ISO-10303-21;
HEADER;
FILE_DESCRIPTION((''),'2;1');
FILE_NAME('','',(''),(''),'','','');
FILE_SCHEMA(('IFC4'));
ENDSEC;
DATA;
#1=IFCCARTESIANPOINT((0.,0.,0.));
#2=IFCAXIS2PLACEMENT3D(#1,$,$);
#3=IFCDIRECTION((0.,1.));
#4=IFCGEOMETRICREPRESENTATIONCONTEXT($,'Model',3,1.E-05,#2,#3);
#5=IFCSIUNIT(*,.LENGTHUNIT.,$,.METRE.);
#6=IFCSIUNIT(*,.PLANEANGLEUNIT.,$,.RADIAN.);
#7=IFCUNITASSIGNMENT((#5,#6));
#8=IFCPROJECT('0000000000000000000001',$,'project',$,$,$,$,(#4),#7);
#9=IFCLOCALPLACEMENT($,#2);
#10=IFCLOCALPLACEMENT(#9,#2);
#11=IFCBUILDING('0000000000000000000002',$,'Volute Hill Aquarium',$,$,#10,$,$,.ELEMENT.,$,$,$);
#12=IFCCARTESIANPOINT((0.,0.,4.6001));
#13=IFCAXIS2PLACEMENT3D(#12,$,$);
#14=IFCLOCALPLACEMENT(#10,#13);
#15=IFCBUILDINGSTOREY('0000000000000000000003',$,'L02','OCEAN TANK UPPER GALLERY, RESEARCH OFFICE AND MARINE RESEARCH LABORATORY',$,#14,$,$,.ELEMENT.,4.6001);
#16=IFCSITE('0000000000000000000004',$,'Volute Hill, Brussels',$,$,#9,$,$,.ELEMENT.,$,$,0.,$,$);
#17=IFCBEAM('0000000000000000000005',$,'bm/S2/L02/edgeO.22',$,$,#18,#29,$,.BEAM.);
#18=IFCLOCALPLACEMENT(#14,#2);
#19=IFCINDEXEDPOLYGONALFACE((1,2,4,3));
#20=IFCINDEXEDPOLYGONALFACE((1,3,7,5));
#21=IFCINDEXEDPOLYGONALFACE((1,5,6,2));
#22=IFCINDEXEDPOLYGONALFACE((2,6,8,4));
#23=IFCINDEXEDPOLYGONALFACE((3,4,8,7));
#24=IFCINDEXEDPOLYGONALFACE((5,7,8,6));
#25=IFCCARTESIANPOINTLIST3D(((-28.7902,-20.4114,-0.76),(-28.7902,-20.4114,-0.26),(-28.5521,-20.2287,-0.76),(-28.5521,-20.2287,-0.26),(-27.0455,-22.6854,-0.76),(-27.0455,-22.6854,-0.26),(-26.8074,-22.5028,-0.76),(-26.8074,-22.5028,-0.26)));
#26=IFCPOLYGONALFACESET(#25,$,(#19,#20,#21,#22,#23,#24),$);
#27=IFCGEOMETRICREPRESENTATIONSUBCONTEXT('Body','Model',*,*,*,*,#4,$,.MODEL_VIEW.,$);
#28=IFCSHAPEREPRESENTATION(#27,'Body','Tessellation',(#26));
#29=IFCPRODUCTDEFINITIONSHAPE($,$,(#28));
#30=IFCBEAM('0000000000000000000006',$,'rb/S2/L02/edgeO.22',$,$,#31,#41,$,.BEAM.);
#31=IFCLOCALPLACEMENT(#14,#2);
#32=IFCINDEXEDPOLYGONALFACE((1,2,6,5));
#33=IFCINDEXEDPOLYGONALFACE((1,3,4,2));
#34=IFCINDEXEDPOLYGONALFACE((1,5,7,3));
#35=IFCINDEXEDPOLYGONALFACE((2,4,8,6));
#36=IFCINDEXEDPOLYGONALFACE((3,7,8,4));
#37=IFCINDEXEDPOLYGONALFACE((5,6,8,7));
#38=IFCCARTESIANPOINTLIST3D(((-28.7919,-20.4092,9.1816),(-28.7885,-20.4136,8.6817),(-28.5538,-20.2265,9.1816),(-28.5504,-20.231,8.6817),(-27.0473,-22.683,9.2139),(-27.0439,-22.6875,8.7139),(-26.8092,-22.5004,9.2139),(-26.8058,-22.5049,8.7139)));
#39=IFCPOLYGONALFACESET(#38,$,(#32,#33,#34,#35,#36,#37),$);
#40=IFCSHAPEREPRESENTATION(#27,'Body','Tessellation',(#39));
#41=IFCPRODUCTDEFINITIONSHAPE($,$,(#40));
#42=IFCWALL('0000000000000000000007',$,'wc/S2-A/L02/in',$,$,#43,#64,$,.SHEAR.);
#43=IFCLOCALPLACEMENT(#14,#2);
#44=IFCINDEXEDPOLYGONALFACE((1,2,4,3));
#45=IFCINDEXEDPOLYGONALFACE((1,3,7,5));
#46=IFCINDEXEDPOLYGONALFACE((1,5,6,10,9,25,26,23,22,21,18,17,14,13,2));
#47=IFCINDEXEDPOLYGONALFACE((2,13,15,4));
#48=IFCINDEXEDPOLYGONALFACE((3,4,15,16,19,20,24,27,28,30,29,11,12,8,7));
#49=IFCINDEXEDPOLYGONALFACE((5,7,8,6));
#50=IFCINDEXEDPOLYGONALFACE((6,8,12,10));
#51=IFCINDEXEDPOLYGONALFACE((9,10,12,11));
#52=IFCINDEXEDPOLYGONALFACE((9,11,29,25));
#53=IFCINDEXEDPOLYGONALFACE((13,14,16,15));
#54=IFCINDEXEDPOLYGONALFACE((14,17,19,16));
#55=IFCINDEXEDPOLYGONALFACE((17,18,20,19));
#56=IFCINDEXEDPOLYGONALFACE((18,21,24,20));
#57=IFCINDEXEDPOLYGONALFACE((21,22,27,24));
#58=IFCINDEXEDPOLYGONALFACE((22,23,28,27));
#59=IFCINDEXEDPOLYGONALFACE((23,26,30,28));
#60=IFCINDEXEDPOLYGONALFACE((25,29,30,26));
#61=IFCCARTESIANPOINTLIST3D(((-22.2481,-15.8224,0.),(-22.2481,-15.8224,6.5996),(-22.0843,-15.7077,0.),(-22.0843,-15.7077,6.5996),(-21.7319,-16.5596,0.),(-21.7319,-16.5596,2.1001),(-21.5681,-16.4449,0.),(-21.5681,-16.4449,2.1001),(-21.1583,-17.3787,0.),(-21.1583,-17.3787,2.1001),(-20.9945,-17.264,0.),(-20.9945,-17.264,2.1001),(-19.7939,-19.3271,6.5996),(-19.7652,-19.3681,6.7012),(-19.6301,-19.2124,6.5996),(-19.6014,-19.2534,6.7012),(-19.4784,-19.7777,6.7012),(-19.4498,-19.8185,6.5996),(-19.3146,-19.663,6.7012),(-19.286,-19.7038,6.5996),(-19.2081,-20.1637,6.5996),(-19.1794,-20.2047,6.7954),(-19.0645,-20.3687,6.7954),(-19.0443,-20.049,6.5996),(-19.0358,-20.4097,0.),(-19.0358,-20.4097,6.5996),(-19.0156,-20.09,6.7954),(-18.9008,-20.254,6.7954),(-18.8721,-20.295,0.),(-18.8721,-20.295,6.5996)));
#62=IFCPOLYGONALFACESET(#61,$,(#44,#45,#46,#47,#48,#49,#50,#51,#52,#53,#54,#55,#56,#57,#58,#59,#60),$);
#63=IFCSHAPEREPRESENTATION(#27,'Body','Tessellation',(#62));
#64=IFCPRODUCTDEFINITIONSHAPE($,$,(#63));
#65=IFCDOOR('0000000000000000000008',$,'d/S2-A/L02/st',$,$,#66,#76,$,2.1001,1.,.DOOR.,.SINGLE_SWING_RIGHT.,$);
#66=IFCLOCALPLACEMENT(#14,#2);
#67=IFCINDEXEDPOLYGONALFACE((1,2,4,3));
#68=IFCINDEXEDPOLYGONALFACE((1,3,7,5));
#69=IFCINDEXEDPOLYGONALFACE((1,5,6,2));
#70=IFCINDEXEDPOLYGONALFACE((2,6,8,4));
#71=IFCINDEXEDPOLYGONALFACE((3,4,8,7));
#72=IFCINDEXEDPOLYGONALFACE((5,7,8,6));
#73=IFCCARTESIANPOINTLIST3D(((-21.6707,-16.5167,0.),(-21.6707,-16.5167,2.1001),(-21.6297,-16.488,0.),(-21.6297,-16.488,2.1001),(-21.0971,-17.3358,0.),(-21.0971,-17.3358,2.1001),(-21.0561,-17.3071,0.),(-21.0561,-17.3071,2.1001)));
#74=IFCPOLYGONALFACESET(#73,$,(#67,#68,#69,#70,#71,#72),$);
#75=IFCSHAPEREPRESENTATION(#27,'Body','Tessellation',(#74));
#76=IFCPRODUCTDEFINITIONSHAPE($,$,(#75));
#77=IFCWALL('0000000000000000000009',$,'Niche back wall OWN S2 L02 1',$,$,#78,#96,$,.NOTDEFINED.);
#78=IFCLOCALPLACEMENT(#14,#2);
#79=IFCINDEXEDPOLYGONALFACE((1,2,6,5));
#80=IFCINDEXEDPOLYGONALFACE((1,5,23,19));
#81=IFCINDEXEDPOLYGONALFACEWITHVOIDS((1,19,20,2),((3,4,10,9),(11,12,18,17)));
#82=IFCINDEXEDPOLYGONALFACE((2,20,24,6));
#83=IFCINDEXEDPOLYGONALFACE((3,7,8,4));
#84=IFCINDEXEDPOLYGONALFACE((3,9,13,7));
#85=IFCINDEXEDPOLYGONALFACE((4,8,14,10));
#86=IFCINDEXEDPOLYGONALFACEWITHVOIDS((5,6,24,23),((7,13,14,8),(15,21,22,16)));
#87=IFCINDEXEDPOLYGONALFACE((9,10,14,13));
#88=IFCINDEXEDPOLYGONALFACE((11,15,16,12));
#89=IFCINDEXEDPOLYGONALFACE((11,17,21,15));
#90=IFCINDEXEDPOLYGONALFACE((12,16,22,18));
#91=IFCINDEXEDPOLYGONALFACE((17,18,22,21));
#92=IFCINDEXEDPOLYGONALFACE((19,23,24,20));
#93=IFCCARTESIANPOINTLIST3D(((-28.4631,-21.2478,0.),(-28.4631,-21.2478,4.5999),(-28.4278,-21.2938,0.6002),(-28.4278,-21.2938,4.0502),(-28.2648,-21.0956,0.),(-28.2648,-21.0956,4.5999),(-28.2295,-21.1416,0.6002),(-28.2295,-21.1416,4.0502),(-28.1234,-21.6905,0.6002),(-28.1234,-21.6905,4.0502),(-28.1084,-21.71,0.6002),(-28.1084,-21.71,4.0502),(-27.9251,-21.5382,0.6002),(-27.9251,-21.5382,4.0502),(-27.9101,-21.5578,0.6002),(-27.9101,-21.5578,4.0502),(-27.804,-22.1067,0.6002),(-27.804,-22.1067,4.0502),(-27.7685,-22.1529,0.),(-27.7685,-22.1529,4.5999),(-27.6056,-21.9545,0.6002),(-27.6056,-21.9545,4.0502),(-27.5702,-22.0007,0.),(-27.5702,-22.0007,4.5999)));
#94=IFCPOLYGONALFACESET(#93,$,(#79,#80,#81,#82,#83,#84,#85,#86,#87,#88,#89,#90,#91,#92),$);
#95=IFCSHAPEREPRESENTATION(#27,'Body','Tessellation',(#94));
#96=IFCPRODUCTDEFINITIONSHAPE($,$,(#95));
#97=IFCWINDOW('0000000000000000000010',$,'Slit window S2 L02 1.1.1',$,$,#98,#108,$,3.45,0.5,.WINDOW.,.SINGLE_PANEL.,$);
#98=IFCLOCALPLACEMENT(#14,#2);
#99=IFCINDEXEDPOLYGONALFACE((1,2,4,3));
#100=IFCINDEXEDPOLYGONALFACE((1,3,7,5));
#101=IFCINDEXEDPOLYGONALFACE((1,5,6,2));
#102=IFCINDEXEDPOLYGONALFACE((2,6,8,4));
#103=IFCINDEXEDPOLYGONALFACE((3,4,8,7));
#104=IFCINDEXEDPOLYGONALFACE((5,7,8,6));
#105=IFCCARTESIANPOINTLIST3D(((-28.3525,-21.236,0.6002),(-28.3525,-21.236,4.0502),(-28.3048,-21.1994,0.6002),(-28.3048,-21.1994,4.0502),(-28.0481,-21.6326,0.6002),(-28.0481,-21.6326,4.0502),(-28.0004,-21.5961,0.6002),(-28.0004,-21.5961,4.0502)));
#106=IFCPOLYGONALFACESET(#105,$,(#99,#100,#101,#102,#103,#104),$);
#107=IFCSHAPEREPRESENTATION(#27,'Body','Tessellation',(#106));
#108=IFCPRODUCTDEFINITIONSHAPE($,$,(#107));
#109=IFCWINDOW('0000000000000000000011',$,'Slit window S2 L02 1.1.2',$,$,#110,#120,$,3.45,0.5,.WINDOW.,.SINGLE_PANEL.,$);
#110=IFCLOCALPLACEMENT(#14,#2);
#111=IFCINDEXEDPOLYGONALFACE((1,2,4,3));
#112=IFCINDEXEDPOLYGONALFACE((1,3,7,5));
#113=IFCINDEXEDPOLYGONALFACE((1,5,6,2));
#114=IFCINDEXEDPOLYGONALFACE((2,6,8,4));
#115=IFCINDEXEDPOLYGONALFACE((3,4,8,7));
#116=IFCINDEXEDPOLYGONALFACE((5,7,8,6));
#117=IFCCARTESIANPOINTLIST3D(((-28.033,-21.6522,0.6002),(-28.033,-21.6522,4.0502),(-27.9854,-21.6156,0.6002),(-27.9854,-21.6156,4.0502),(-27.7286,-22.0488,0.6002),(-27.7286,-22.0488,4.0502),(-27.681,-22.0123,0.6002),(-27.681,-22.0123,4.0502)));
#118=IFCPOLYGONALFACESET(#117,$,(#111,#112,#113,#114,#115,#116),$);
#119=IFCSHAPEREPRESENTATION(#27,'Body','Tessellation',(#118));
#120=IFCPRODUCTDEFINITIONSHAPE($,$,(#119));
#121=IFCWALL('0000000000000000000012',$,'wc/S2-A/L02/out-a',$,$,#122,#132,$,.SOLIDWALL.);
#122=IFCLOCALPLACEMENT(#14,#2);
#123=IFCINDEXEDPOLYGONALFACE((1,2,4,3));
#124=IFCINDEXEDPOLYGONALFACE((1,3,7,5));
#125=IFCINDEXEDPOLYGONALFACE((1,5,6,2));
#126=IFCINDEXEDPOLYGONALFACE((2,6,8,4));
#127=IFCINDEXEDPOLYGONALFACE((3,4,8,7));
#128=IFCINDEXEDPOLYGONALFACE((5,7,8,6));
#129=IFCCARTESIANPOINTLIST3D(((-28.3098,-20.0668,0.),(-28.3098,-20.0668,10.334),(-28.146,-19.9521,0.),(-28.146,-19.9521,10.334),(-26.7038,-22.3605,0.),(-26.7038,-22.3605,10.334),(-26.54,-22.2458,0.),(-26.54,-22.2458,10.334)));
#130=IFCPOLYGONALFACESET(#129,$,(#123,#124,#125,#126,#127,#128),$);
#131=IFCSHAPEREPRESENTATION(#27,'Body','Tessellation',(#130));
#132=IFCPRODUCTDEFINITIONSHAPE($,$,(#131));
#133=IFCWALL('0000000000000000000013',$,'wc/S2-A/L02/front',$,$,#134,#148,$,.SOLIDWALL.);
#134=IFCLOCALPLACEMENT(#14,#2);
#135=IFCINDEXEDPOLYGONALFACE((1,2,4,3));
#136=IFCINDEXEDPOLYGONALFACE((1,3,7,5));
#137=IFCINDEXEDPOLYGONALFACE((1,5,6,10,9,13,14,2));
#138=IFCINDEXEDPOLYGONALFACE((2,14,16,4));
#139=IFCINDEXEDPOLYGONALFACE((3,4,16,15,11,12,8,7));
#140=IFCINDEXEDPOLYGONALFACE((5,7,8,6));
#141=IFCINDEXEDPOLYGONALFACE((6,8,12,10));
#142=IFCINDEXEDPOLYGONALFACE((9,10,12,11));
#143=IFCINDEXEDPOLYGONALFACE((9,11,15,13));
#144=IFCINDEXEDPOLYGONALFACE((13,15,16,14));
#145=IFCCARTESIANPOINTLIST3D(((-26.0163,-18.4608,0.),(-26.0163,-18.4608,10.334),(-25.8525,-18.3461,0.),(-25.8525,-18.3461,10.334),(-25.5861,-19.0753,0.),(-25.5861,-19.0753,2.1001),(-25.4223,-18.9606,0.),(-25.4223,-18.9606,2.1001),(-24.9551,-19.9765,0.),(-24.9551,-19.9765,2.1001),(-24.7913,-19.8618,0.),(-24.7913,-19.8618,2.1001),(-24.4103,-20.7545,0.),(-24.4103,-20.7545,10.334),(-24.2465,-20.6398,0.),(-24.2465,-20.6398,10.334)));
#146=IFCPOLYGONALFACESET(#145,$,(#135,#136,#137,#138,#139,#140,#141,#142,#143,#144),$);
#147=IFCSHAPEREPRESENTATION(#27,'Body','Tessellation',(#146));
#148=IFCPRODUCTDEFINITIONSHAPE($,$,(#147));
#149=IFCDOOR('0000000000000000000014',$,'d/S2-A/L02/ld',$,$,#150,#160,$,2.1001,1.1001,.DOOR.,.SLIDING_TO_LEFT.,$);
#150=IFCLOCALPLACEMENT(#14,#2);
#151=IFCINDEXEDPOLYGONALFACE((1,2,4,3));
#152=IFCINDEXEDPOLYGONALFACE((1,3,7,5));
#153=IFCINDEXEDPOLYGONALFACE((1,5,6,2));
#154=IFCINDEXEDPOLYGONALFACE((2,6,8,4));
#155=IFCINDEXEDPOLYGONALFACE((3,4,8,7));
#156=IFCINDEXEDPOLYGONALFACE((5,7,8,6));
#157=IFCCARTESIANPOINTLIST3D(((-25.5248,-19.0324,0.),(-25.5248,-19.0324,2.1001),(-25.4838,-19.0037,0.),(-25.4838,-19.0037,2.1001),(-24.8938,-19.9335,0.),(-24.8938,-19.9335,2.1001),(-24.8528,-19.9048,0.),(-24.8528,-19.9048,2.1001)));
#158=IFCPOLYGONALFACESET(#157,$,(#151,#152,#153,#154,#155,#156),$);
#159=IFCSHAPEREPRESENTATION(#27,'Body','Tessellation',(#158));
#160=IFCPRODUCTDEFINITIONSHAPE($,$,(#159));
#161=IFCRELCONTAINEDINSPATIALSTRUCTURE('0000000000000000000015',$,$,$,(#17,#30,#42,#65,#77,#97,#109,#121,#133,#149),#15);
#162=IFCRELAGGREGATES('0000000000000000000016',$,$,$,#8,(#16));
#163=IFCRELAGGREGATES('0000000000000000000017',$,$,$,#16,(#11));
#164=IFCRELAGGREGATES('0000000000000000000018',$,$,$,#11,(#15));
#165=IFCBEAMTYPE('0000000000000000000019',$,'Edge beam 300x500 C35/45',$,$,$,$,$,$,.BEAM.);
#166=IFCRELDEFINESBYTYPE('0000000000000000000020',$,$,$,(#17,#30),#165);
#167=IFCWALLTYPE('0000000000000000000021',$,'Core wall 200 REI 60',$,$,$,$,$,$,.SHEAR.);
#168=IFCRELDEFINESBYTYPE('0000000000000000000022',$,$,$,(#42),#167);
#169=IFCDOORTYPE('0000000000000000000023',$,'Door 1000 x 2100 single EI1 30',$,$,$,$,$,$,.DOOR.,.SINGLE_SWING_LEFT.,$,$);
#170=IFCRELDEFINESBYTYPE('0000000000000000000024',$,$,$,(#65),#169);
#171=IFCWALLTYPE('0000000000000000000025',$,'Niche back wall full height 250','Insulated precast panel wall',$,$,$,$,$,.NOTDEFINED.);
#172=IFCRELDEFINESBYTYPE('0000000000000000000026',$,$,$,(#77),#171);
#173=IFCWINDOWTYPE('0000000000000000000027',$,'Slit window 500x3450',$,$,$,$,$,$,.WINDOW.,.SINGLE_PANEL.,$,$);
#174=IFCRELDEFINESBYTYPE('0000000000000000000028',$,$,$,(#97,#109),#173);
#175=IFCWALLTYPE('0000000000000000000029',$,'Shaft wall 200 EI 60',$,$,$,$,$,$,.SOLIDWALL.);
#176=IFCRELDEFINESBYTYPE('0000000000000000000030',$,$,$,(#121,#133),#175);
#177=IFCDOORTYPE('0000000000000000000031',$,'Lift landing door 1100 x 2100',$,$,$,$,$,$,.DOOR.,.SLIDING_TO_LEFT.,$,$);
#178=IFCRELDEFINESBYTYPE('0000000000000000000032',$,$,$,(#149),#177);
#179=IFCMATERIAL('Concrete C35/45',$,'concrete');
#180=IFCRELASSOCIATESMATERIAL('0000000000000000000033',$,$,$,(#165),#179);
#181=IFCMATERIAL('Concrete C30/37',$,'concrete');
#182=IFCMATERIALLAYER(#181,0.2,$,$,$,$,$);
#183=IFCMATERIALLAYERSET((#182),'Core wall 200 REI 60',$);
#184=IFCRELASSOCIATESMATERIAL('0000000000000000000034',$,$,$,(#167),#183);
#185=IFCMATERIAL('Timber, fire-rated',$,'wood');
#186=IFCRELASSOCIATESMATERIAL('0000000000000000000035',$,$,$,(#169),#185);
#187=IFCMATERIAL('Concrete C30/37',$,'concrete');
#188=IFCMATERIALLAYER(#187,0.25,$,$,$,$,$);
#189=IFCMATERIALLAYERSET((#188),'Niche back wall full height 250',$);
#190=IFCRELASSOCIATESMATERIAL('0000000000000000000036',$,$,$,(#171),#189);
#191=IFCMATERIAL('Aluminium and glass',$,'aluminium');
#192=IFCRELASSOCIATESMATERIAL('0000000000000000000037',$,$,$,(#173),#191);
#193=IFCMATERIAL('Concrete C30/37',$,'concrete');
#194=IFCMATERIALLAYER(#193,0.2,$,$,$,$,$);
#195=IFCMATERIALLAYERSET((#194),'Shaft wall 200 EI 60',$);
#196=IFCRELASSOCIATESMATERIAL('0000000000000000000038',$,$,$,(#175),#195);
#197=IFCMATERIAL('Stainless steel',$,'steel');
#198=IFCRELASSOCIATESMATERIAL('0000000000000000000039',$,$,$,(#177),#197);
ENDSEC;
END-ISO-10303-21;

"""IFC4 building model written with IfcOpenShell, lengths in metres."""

from ifc_helpers import new_model, si_unit, direction, frame, frame_2d, origin, origin_2d, place, context, subcontext, project, spatial, polyline, rectangle, outline, extrude, material, layer, layer_set, material_profile, profile_set, type_object, element, fill, save


model = new_model("IFC4")

# Units and contexts
model_context = context("Model", 3, precision=1e-05, world=origin(), true_north=direction((0.0, 1.0)))
body_context = subcontext(model_context, "Body", "Model", "MODEL_VIEW")
ifc_project = project(units=[si_unit("LENGTHUNIT", "METRE"), si_unit("PLANEANGLEUNIT", "RADIAN")], contexts=[model_context])

# Site, building, storey
site_placement = place(None, origin())
site = spatial("IfcSite", under=ifc_project, at=site_placement, Name="Volute Hill, Brussels", CompositionType="ELEMENT", RefElevation=0.0)
building_placement = place(site_placement, origin())
building = spatial("IfcBuilding", under=site, at=building_placement, Name="Volute Hill Aquarium", CompositionType="ELEMENT")
storey_placement = place(building_placement, frame((0.0, 0.0, 4.6001)))
storey = spatial("IfcBuildingStorey", under=building, at=storey_placement, Name="L02", Description="OCEAN TANK UPPER GALLERY, RESEARCH OFFICE AND MARINE RESEARCH LABORATORY", CompositionType="ELEMENT", Elevation=4.6001)

# Beams
ifc_material_1 = material(Name="Concrete C35/45", Category="concrete")
ifc_material_profile = material_profile(ifc_material_1, rectangle(XDim=0.3, YDim=0.5, at=origin_2d()), Name="RC edge beam 300x500")
ifc_profile_set = profile_set([ifc_material_profile], Name="Concrete C35/45")
beam_type = type_object("IfcBeamType", Name="Edge beam 300x500 C35/45", PredefinedType="BEAM", material=ifc_profile_set)
for number, where, z_axis, x_axis, name in (
    (1, (-28.6711, -20.3201, -0.51), (0.608714, -0.79339, 0.0), (0.79339, 0.608714, 0.0), "bm/S2/L02/edgeO.22"),
    (2, (-28.6711, -20.3201, 8.9316), (0.608676, -0.79334, 0.011243), (0.79339, 0.608714, 0.0), "rb/S2/L02/edgeO.22"),
):
    element("IfcBeam", number, at=place(storey_placement, frame(where, z_axis=z_axis, x_axis=x_axis)), inside=storey, type_object=beam_type, Name=name, PredefinedType="BEAM", context=body_context, shape_type="SweptSolid", body=[
        extrude(rectangle(XDim=0.3, YDim=0.5, at=origin_2d()), origin(), (0.0, 0.0, 1.0), 2.8662),
    ])

# Wall, opening, door
ifc_material_2 = material(Name="Concrete C30/37", Category="concrete")
ifc_layer_1 = layer(ifc_material_2, 0.2)
ifc_layer_set_1 = layer_set([ifc_layer_1], Name="Core wall 200 REI 60")
wall_type_1 = type_object("IfcWallType", Name="Core wall 200 REI 60", PredefinedType="SHEAR", material=ifc_layer_set_1)
wall_1_placement = place(storey_placement, frame((-22.1663, -15.7651, 0.0), z_axis=(0.0, 0.0, 1.0), x_axis=(0.5736, -0.819136, 0.0)))
wall_1 = element("IfcWall", 3, at=wall_1_placement, inside=storey, type_object=wall_type_1, Name="wc/S2-A/L02/in", PredefinedType="SHEAR", context=body_context, shape_type="SweptSolid", body=[
    extrude(outline(polyline([(0.0, 0.0), (5.6001, 0.0), (5.6001, 6.5996), (5.55, 6.7954), (5.3499, 6.7954), (5.2998, 6.5996), (4.8784, 6.5996), (4.8286, 6.7012), (4.3286, 6.7012), (4.2786, 6.5996), (0.0, 6.5996), (0.0, 0.0)])), frame((0.0, 0.1001, 0.0), z_axis=(0.0, -1.0, 0.0), x_axis=(1.0, 0.0, 0.0)), (0.0, 0.0, 1.0), 0.2),
])
opening_1_placement = place(wall_1_placement, frame((0.8999, 0.0, 0.0)))
opening_1 = element("IfcOpeningElement", 4, at=opening_1_placement, cuts=wall_1, PredefinedType="OPENING", context=body_context, shape_type="SweptSolid", body=[
    extrude(rectangle(XDim=1.0, YDim=2.1001, at=frame_2d((0.5, 1.05))), frame((0.0, 0.1099, 0.0), z_axis=(0.0, -1.0, 0.0), x_axis=(1.0, 0.0, 0.0)), (0.0, 0.0, 1.0), 0.22),
])
ifc_material_3 = material(Name="Timber, fire-rated", Category="wood")
door_type_1 = type_object("IfcDoorType", Name="Door 1000 x 2100 single EI1 30", OperationType="SINGLE_SWING_LEFT", PredefinedType="DOOR", material=ifc_material_3)
door_1_placement = place(opening_1_placement, origin())
door_1 = element("IfcDoor", 5, at=door_1_placement, inside=storey, type_object=door_type_1, Name="d/S2-A/L02/st", OperationType="SINGLE_SWING_RIGHT", OverallHeight=2.1001, OverallWidth=1.0, PredefinedType="DOOR", context=body_context, shape_type="SweptSolid", body=[
    extrude(rectangle(XDim=1.0, YDim=2.1001, at=frame_2d((0.5, 1.05))), frame((0.0, 0.0249, 0.0), z_axis=(0.0, -1.0, 0.0), x_axis=(1.0, 0.0, 0.0)), (0.0, 0.0, 1.0), 0.05),
])
fill(opening_1, door_1)

# Wall, openings, windows
ifc_material_4 = material(Name="Concrete C30/37", Category="concrete")
ifc_layer_2 = layer(ifc_material_4, 0.25)
ifc_layer_set_2 = layer_set([ifc_layer_2], Name="Niche back wall full height 250")
wall_type_2 = type_object("IfcWallType", Name="Niche back wall full height 250", Description="Insulated precast panel wall", PredefinedType="NOTDEFINED", material=ifc_layer_set_2)
wall_2_placement = place(storey_placement, frame((-27.6694, -22.0767, 0.0), z_axis=(0.0, 0.0, 1.0), x_axis=(-0.608831, 0.7933, 0.0)))
wall_2 = element("IfcWall", 6, at=wall_2_placement, inside=storey, type_object=wall_type_2, Name="Niche back wall OWN S2 L02 1", PredefinedType="NOTDEFINED", context=body_context, shape_type="SweptSolid", body=[
    extrude(rectangle(XDim=1.1409, YDim=0.25, at=frame_2d((0.5703, 0.0))), origin(), (0.0, 0.0, 1.0), 4.5999),
])
opening_2_placement = place(wall_2_placement, frame((0.5828, 0.0, 0.6001)))
opening_2 = element("IfcOpeningElement", 7, at=opening_2_placement, cuts=wall_2, PredefinedType="OPENING", context=body_context, shape_type="SweptSolid", body=[
    extrude(rectangle(XDim=0.5, YDim=3.45, at=frame_2d((0.25, 1.7251))), frame((0.0, 0.135, 0.0), z_axis=(0.0, -1.0, 0.0), x_axis=(1.0, 0.0, 0.0)), (0.0, 0.0, 1.0), 0.27),
])
opening_3_placement = place(wall_2_placement, frame((0.0581, 0.0, 0.6001)))
opening_3 = element("IfcOpeningElement", 8, at=opening_3_placement, cuts=wall_2, PredefinedType="OPENING", context=body_context, shape_type="SweptSolid", body=[
    extrude(rectangle(XDim=0.5, YDim=3.45, at=frame_2d((0.25, 1.7251))), frame((0.0, 0.135, 0.0), z_axis=(0.0, -1.0, 0.0), x_axis=(1.0, 0.0, 0.0)), (0.0, 0.0, 1.0), 0.27),
])
ifc_material_5 = material(Name="Aluminium and glass", Category="aluminium")
window_type = type_object("IfcWindowType", Name="Slit window 500x3450", PartitioningType="SINGLE_PANEL", PredefinedType="WINDOW", material=ifc_material_5)
window_1_placement = place(opening_2_placement, origin())
window_1 = element("IfcWindow", 9, at=window_1_placement, inside=storey, type_object=window_type, Name="Slit window S2 L02 1.1.1", OverallHeight=3.45, OverallWidth=0.5, PartitioningType="SINGLE_PANEL", PredefinedType="WINDOW", context=body_context, shape_type="SweptSolid", body=[
    extrude(rectangle(XDim=0.5, YDim=3.45, at=frame_2d((0.25, 1.7251))), frame((0.0, 0.03, 0.0), z_axis=(0.0, -1.0, 0.0), x_axis=(1.0, 0.0, 0.0)), (0.0, 0.0, 1.0), 0.0601),
])
fill(opening_2, window_1)
window_2_placement = place(opening_3_placement, origin())
window_2 = element("IfcWindow", 10, at=window_2_placement, inside=storey, type_object=window_type, Name="Slit window S2 L02 1.1.2", OverallHeight=3.45, OverallWidth=0.5, PartitioningType="SINGLE_PANEL", PredefinedType="WINDOW", context=body_context, shape_type="SweptSolid", body=[
    extrude(rectangle(XDim=0.5, YDim=3.45, at=frame_2d((0.25, 1.7251))), frame((0.0, 0.03, 0.0), z_axis=(0.0, -1.0, 0.0), x_axis=(1.0, 0.0, 0.0)), (0.0, 0.0, 1.0), 0.0601),
])
fill(opening_3, window_2)

# Wall
ifc_material_6 = material(Name="Concrete C30/37", Category="concrete")
ifc_layer_3 = layer(ifc_material_6, 0.2)
ifc_layer_set_3 = layer_set([ifc_layer_3], Name="Shaft wall 200 EI 60")
wall_type_3 = type_object("IfcWallType", Name="Shaft wall 200 EI 60", PredefinedType="SOLIDWALL", material=ifc_layer_set_3)
wall_3_placement = place(storey_placement, frame((-28.2278, -20.0095, 0.0), z_axis=(0.0, 0.0, 1.0), x_axis=(0.57355, -0.81917, 0.0)))
element("IfcWall", 11, at=wall_3_placement, inside=storey, type_object=wall_type_3, Name="wc/S2-A/L02/out-a", PredefinedType="SOLIDWALL", context=body_context, shape_type="SweptSolid", body=[
    extrude(rectangle(XDim=2.8, YDim=0.2, at=frame_2d((1.3999, 0.0))), origin(), (0.0, 0.0, 1.0), 10.334),
])

# Wall, opening, door
wall_4_placement = place(storey_placement, frame((-25.9343, -18.4036, 0.0), z_axis=(0.0, 0.0, 1.0), x_axis=(0.57355, -0.81917, 0.0)))
wall_4 = element("IfcWall", 12, at=wall_4_placement, inside=storey, type_object=wall_type_3, Name="wc/S2-A/L02/front", PredefinedType="SOLIDWALL", context=body_context, shape_type="SweptSolid", body=[
    extrude(rectangle(XDim=2.8, YDim=0.2, at=frame_2d((1.3999, 0.0))), origin(), (0.0, 0.0, 1.0), 10.334),
])
opening_4_placement = place(wall_4_placement, frame((0.75, 0.0, 0.0)))
opening_4 = element("IfcOpeningElement", 13, at=opening_4_placement, cuts=wall_4, PredefinedType="OPENING", context=body_context, shape_type="SweptSolid", body=[
    extrude(rectangle(XDim=1.1001, YDim=2.1001, at=frame_2d((0.55, 1.05))), frame((0.0, 0.1099, 0.0), z_axis=(0.0, -1.0, 0.0), x_axis=(1.0, 0.0, 0.0)), (0.0, 0.0, 1.0), 0.22),
])
ifc_material_7 = material(Name="Stainless steel", Category="steel")
door_type_2 = type_object("IfcDoorType", Name="Lift landing door 1100 x 2100", OperationType="SLIDING_TO_LEFT", PredefinedType="DOOR", material=ifc_material_7)
door_2_placement = place(opening_4_placement, origin())
door_2 = element("IfcDoor", 14, at=door_2_placement, inside=storey, type_object=door_type_2, Name="d/S2-A/L02/ld", OperationType="SLIDING_TO_LEFT", OverallHeight=2.1001, OverallWidth=1.1001, PredefinedType="DOOR", context=body_context, shape_type="SweptSolid", body=[
    extrude(rectangle(XDim=1.1001, YDim=2.1001, at=frame_2d((0.55, 1.05))), frame((0.0, 0.0249, 0.0), z_axis=(0.0, -1.0, 0.0), x_axis=(1.0, 0.0, 0.0)), (0.0, 0.0, 1.0), 0.05),
])
fill(opening_4, door_2)

save(model, "model.ifc")
